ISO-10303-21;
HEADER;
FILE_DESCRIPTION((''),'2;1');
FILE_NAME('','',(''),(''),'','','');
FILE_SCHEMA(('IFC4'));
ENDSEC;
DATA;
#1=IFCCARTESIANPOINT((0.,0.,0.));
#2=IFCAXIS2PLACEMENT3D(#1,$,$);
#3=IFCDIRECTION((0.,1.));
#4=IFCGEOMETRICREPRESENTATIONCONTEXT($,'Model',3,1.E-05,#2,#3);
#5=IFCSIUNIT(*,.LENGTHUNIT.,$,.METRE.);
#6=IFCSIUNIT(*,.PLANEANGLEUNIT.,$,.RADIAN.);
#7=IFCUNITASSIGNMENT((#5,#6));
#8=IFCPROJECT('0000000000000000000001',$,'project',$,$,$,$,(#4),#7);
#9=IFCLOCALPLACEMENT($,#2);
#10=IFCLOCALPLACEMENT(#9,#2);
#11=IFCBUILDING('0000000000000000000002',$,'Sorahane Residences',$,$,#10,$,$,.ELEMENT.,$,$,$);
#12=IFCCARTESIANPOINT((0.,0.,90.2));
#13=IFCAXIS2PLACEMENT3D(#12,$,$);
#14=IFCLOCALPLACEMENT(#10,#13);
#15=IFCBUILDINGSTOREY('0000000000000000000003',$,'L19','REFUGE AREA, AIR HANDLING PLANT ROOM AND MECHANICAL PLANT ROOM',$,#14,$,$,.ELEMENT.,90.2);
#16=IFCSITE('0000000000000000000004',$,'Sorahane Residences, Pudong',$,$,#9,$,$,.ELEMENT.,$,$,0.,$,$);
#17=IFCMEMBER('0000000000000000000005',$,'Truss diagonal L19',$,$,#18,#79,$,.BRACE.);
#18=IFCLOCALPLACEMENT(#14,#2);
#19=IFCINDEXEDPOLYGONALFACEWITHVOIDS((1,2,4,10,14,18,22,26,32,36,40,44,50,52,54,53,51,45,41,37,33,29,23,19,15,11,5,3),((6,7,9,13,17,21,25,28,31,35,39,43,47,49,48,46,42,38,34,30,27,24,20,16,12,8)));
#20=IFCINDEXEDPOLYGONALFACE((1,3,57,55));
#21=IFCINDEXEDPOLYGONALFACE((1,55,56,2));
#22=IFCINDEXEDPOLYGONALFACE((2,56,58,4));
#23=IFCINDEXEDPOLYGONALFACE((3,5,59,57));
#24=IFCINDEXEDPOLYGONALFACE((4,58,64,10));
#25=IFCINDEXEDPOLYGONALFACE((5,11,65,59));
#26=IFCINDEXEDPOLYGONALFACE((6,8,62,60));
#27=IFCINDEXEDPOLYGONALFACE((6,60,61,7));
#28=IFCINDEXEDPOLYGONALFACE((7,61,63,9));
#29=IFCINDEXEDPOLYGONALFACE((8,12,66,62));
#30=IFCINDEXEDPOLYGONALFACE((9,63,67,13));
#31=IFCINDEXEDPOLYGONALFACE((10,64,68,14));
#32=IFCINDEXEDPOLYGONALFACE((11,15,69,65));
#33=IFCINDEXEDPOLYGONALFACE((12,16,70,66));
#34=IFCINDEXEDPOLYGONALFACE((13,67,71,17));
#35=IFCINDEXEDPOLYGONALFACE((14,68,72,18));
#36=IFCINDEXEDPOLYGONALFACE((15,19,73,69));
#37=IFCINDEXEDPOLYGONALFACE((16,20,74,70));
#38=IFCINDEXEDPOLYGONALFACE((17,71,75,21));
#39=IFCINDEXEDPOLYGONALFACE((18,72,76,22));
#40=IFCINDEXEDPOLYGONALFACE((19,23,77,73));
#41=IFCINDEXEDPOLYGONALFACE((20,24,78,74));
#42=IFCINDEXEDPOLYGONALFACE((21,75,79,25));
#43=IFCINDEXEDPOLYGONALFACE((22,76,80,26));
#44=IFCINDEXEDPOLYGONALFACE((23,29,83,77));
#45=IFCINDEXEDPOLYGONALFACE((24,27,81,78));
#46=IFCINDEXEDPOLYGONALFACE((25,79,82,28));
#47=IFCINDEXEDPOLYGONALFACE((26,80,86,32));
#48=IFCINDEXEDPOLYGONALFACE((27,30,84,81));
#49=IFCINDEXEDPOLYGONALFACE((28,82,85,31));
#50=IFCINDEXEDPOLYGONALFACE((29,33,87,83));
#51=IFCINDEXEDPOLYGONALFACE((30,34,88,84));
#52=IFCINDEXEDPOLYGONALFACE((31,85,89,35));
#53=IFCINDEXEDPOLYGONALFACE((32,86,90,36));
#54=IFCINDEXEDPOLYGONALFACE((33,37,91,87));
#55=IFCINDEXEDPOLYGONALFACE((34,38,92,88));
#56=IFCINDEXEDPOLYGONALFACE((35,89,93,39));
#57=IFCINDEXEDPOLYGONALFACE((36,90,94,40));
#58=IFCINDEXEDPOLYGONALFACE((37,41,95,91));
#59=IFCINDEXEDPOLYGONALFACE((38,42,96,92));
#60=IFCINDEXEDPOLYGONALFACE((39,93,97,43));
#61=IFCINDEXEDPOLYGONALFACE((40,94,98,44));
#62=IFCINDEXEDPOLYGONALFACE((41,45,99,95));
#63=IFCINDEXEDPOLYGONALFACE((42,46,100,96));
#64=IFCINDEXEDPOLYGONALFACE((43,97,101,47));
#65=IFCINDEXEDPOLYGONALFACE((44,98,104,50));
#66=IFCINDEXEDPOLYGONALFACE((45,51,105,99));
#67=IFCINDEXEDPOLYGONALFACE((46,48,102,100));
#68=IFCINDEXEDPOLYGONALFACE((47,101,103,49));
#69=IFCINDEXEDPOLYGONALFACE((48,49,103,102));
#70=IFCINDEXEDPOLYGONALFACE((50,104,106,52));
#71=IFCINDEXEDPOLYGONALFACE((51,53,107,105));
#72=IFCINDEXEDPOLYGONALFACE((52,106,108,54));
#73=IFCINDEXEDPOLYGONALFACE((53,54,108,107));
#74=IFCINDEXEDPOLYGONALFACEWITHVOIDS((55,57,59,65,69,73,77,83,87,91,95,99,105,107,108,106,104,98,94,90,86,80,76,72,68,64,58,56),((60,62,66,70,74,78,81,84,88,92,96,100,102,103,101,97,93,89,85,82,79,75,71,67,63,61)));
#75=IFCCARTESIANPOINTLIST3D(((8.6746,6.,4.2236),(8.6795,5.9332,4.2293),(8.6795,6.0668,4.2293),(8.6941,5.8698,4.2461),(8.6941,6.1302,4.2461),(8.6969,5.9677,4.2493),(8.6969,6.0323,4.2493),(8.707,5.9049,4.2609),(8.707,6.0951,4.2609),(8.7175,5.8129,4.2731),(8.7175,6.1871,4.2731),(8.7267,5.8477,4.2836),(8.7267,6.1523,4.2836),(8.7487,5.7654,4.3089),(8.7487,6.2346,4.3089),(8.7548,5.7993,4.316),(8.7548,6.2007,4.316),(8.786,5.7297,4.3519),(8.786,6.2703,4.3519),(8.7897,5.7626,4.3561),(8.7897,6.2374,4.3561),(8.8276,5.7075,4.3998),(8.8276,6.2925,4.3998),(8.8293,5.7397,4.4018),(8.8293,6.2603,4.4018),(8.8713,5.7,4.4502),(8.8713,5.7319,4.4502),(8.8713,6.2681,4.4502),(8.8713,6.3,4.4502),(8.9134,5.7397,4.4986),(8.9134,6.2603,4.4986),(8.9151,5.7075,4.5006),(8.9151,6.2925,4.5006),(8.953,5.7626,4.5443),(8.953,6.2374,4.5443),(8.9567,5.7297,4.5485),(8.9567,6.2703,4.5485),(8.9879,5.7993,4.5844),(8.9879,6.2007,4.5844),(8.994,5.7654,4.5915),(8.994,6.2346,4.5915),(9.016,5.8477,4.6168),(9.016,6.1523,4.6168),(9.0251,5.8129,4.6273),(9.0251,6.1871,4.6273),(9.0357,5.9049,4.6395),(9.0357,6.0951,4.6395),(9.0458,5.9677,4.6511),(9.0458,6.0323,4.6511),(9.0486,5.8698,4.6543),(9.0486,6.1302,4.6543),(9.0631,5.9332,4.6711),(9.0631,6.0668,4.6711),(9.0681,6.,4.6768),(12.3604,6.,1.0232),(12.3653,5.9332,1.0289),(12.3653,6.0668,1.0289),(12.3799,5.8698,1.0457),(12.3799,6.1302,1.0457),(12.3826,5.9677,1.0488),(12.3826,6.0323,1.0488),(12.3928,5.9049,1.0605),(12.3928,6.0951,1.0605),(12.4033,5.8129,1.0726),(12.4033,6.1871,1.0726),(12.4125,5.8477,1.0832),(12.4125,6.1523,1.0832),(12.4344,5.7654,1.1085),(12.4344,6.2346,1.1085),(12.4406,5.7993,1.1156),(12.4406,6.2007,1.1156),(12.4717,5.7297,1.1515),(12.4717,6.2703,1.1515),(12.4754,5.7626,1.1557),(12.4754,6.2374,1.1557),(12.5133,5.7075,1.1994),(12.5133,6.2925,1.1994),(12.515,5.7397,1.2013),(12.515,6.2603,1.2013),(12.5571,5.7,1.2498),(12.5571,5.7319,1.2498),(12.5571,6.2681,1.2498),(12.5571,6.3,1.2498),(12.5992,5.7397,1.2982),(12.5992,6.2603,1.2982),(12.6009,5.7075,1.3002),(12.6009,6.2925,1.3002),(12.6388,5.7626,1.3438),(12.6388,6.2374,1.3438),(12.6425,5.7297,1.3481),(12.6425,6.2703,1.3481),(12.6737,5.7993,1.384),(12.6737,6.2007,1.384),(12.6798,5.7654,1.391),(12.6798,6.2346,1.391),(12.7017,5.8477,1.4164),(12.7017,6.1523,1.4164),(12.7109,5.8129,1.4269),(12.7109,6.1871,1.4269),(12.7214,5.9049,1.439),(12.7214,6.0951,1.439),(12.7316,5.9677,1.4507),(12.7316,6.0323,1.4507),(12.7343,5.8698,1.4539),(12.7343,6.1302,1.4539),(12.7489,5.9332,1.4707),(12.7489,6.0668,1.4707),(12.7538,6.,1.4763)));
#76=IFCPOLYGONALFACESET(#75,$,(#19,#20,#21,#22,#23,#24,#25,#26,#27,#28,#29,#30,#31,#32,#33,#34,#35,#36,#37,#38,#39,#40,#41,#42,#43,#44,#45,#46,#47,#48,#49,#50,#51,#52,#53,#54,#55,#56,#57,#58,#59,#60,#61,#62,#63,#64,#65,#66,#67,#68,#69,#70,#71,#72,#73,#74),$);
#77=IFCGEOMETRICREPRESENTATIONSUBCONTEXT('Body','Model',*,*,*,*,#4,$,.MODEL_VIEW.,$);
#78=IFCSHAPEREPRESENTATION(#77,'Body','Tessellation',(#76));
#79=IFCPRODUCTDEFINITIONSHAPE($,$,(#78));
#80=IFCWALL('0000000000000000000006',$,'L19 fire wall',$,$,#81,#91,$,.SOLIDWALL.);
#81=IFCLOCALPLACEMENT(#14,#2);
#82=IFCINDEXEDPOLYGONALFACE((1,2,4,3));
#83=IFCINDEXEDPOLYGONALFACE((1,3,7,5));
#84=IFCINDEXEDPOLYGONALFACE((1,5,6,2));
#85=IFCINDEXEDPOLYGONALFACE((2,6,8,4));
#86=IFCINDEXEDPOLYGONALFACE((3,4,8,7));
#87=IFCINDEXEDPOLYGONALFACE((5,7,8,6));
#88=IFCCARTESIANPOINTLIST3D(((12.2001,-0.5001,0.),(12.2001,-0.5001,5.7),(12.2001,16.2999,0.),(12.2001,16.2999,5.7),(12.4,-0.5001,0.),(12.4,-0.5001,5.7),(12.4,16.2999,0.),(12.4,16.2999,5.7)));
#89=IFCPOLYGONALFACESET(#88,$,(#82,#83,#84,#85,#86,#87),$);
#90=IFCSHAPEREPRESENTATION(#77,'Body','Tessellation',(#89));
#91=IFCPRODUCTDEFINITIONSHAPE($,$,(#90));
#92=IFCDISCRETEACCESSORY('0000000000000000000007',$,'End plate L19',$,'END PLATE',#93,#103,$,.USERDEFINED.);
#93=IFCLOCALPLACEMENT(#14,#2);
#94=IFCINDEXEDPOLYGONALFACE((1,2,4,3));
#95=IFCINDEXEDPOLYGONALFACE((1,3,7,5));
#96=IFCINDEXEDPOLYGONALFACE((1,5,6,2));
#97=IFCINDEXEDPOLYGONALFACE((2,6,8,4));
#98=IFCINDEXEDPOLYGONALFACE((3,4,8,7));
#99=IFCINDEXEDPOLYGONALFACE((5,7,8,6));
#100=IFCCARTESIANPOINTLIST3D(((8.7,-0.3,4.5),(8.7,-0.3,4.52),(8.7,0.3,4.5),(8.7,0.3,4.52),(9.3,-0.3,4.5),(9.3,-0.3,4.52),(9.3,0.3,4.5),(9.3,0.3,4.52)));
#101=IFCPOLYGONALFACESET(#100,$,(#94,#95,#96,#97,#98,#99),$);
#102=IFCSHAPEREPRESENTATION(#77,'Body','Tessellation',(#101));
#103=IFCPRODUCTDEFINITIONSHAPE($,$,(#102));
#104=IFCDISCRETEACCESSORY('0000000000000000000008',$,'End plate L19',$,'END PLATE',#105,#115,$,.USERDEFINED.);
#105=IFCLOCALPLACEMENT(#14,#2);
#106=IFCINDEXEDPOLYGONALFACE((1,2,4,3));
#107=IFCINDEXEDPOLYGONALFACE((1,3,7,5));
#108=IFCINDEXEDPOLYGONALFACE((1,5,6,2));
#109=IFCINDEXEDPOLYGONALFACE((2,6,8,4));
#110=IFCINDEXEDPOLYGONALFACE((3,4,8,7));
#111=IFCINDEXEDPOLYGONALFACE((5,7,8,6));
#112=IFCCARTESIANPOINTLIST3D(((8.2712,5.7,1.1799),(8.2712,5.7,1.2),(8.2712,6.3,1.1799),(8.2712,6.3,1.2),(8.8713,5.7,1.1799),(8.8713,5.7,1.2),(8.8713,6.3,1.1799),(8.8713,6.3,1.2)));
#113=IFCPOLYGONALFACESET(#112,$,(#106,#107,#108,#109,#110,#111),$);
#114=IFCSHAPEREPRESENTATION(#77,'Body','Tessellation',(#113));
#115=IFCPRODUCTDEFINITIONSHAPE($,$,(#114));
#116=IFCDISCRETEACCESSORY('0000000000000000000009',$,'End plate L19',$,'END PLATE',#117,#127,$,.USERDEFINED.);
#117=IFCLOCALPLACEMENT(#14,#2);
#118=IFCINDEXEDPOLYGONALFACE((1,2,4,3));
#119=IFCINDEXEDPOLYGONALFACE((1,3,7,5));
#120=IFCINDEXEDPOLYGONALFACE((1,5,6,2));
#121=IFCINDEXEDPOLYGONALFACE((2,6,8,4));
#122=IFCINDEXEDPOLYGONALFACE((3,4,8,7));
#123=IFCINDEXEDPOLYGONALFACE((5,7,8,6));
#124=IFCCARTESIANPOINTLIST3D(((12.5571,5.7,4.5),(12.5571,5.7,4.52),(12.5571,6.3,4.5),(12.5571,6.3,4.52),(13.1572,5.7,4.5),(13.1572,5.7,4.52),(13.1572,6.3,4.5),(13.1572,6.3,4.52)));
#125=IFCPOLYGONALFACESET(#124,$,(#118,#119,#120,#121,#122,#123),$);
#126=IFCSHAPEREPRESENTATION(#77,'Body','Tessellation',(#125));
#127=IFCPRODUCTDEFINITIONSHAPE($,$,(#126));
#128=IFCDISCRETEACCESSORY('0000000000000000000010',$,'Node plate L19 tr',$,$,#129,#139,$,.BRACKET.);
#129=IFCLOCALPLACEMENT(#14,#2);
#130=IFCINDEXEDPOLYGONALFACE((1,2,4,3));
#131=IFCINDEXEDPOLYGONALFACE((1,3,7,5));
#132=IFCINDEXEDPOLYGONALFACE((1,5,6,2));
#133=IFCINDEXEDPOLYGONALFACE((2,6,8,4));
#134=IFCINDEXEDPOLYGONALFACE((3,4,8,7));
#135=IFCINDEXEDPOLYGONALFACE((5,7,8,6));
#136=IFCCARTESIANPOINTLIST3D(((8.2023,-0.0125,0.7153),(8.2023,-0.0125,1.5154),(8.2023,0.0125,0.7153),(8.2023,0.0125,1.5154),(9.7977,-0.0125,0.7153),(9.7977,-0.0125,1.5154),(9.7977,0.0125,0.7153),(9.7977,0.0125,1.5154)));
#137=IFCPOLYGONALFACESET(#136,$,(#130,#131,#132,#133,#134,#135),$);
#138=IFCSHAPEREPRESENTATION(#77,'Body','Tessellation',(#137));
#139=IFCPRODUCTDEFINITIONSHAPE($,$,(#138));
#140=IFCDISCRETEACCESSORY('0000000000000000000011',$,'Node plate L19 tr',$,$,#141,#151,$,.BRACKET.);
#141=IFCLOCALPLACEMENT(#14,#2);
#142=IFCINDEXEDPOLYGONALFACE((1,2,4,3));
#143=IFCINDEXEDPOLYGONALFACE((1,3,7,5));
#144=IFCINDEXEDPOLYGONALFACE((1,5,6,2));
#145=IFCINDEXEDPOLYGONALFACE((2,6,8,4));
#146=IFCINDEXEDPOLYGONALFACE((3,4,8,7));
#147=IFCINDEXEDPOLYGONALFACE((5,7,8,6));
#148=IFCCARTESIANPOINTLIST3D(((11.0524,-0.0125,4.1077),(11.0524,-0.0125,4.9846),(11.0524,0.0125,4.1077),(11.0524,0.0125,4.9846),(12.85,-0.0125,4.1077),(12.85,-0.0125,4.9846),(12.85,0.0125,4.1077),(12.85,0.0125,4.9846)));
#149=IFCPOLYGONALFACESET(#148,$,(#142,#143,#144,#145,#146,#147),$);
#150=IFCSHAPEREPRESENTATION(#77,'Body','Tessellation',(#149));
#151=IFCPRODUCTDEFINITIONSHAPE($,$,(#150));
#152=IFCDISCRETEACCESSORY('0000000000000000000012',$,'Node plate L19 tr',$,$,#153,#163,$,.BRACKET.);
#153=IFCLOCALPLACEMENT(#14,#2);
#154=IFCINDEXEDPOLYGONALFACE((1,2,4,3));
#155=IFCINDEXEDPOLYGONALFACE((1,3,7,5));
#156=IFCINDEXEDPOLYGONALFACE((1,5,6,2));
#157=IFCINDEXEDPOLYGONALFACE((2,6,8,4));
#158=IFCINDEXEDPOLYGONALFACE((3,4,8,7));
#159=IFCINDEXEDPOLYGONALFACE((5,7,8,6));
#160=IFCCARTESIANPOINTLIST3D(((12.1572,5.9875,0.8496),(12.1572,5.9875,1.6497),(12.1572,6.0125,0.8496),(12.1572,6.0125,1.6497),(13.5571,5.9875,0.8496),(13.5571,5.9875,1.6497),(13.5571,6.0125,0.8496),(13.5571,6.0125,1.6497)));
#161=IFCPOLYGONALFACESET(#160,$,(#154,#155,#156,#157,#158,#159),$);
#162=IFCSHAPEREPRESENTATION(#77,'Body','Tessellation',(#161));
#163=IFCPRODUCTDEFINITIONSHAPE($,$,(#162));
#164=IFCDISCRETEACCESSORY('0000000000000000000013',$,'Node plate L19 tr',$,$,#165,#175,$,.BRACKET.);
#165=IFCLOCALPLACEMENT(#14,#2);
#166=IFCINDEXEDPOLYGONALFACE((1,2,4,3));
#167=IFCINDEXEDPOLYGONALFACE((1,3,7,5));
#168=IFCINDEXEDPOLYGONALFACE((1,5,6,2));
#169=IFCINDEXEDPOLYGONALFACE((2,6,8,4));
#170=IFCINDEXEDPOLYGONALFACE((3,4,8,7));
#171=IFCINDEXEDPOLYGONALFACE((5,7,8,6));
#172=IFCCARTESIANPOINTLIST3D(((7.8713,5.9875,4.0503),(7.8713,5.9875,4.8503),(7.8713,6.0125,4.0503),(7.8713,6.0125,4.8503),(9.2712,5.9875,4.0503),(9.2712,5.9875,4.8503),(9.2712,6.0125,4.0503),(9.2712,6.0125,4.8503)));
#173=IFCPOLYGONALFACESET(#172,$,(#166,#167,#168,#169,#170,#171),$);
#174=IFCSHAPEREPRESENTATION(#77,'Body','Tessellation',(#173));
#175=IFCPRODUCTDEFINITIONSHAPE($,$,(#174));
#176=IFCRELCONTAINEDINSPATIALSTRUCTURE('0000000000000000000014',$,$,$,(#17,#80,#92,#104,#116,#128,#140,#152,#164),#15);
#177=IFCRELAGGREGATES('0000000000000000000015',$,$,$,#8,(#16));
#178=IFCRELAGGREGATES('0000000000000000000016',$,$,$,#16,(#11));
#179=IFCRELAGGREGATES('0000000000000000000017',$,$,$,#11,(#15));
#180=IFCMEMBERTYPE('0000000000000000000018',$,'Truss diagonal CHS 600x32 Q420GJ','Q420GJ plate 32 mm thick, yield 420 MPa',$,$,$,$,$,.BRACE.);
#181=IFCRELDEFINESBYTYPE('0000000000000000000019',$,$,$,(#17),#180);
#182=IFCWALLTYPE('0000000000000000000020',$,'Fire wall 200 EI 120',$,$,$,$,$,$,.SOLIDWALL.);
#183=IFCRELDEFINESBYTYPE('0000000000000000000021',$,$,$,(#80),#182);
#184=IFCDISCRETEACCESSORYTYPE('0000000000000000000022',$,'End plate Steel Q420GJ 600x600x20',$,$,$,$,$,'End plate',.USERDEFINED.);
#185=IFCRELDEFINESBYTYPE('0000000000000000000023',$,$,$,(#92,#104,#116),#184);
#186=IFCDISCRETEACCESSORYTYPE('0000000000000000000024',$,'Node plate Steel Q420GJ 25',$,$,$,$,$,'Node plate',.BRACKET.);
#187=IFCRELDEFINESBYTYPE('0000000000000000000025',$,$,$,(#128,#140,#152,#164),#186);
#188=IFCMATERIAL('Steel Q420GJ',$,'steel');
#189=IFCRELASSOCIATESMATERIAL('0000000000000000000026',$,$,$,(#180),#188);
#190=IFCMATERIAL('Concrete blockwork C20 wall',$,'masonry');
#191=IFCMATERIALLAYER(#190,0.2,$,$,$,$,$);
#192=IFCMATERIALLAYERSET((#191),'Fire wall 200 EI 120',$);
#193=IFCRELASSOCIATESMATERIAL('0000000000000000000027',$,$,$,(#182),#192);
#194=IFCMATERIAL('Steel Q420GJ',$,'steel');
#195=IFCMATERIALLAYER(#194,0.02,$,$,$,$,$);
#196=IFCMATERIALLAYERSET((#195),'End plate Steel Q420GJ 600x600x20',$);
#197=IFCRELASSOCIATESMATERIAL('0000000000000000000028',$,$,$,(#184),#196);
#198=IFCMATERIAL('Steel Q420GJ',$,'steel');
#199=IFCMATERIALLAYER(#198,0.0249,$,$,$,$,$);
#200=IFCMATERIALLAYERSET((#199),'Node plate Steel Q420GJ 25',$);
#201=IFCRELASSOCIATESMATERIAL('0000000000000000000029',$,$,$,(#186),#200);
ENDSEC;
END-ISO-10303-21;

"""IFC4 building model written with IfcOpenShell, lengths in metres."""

from ifc_helpers import new_model, si_unit, direction, frame, frame_2d, origin, origin_2d, place, context, subcontext, project, spatial, rectangle, hollow_circle, extrude, material, layer, layer_set, material_profile, profile_set, type_object, element, save


model = new_model("IFC4")

# Units and contexts
model_context = context("Model", 3, precision=1e-05, world=origin(), true_north=direction((0.0, 1.0)))
body_context = subcontext(model_context, "Body", "Model", "MODEL_VIEW")
ifc_project = project(units=[si_unit("LENGTHUNIT", "METRE"), si_unit("PLANEANGLEUNIT", "RADIAN")], contexts=[model_context])

# Site, building, storey
site_placement = place(None, origin())
site = spatial("IfcSite", under=ifc_project, at=site_placement, Name="Sorahane Residences, Pudong", CompositionType="ELEMENT", RefElevation=0.0)
building_placement = place(site_placement, origin())
building = spatial("IfcBuilding", under=site, at=building_placement, Name="Sorahane Residences", CompositionType="ELEMENT")
storey_placement = place(building_placement, frame((0.0, 0.0, 90.2)))
storey = spatial("IfcBuildingStorey", under=building, at=storey_placement, Name="L19", Description="REFUGE AREA, AIR HANDLING PLANT ROOM AND MECHANICAL PLANT ROOM", CompositionType="ELEMENT", Elevation=90.2)

# Member
ifc_material_1 = material(Name="Steel Q420GJ", Category="steel")
ifc_material_profile_1 = material_profile(ifc_material_1, hollow_circle(Radius=0.3, WallThickness=0.032, at=origin_2d()), Name="CHS 600x32")
ifc_profile_set_1 = profile_set([ifc_material_profile_1], Name="Steel Q420GJ")
member_type = type_object("IfcMemberType", Name="Truss diagonal CHS 600x32 Q420GJ", Description="Q420GJ plate 32 mm thick, yield 420 MPa", PredefinedType="BRACE", material=ifc_profile_set_1)
member_1_placement = place(storey_placement, frame((8.8713, 6.0, 4.4502), z_axis=(0.755072, 0.0, -0.655642), x_axis=(0.0, 1.0, 0.0)))
element("IfcMember", 1, at=member_1_placement, inside=storey, type_object=member_type, Name="Truss diagonal L19", PredefinedType="BRACE", context=body_context, shape_type="SweptSolid", body=[
    extrude(hollow_circle(Radius=0.3, WallThickness=0.032, at=origin_2d()), origin(), (0.0, 0.0, 1.0), 4.8813),
])

# Wall
ifc_material_2 = material(Name="Concrete blockwork C20 wall", Category="masonry")
ifc_layer_1 = layer(ifc_material_2, 0.2)
ifc_layer_set_1 = layer_set([ifc_layer_1], Name="Fire wall 200 EI 120")
wall_type = type_object("IfcWallType", Name="Fire wall 200 EI 120", PredefinedType="SOLIDWALL", material=ifc_layer_set_1)
wall_placement = place(storey_placement, frame((12.3, -0.5, 0.0), z_axis=(0.0, 0.0, 1.0), x_axis=(0.0, 1.0, 0.0)))
element("IfcWall", 2, at=wall_placement, inside=storey, type_object=wall_type, Name="L19 fire wall", PredefinedType="SOLIDWALL", context=body_context, shape_type="SweptSolid", body=[
    extrude(rectangle(XDim=16.8, YDim=0.2, at=frame_2d((8.3999, 0.0))), origin(), (0.0, 0.0, 1.0), 5.7),
])

# Discrete accessories
ifc_material_3 = material(Name="Steel Q420GJ", Category="steel")
ifc_layer_2 = layer(ifc_material_3, 0.02)
ifc_layer_set_2 = layer_set([ifc_layer_2], Name="End plate Steel Q420GJ 600x600x20")
discrete_accessory_type_1 = type_object("IfcDiscreteAccessoryType", Name="End plate Steel Q420GJ 600x600x20", ElementType="End plate", PredefinedType="USERDEFINED", material=ifc_layer_set_2)
for number, where, z_axis, x_axis, name in (
    (3, (9.0, 0.0, 4.5), (0.0, 0.0, 1.0), (1.0, 0.0, 0.0), "End plate L19"),
    (4, (8.5713, 6.0, 1.1799), (0.0, 0.0, 1.0), (1.0, 0.0, 0.0), "End plate L19"),
    (5, (12.8572, 6.0, 4.5), (0.0, 0.0, 1.0), (1.0, 0.0, 0.0), "End plate L19"),
):
    element("IfcDiscreteAccessory", number, at=place(storey_placement, frame(where, z_axis=z_axis, x_axis=x_axis)), inside=storey, type_object=discrete_accessory_type_1, Name=name, ObjectType="END PLATE", PredefinedType="USERDEFINED", context=body_context, shape_type="SweptSolid", body=[
        extrude(rectangle(XDim=0.6001, YDim=0.6001, at=origin_2d()), origin(), (0.0, 0.0, 1.0), 0.02),
    ])
ifc_material_4 = material(Name="Steel Q420GJ", Category="steel")
ifc_layer_3 = layer(ifc_material_4, 0.0249)
ifc_layer_set_3 = layer_set([ifc_layer_3], Name="Node plate Steel Q420GJ 25")
discrete_accessory_type_2 = type_object("IfcDiscreteAccessoryType", Name="Node plate Steel Q420GJ 25", ElementType="Node plate", PredefinedType="BRACKET", material=ifc_layer_set_3)
discrete_accessory_1_placement = place(storey_placement, frame((9.0, 0.0, 0.7153), z_axis=(0.0, 0.0, 1.0), x_axis=(1.0, 0.0, 0.0)))
element("IfcDiscreteAccessory", 6, at=discrete_accessory_1_placement, inside=storey, type_object=discrete_accessory_type_2, Name="Node plate L19 tr", PredefinedType="BRACKET", context=body_context, shape_type="SweptSolid", body=[
    extrude(rectangle(XDim=1.5955, YDim=0.0249, at=origin_2d()), origin(), (0.0, 0.0, 1.0), 0.8),
])
discrete_accessory_2_placement = place(storey_placement, frame((11.9512, 0.0, 4.1077), z_axis=(0.0, 0.0, 1.0), x_axis=(1.0, 0.0, 0.0)))
element("IfcDiscreteAccessory", 7, at=discrete_accessory_2_placement, inside=storey, type_object=discrete_accessory_type_2, Name="Node plate L19 tr", PredefinedType="BRACKET", context=body_context, shape_type="SweptSolid", body=[
    extrude(rectangle(XDim=1.7976, YDim=0.0249, at=origin_2d()), origin(), (0.0, 0.0, 1.0), 0.877),
])
for number, where, z_axis, x_axis, name in (
    (8, (12.8572, 6.0, 0.8496), (0.0, 0.0, 1.0), (1.0, 0.0, 0.0), "Node plate L19 tr"),
    (9, (8.5713, 6.0, 4.0503), (0.0, 0.0, 1.0), (1.0, 0.0, 0.0), "Node plate L19 tr"),
):
    element("IfcDiscreteAccessory", number, at=place(storey_placement, frame(where, z_axis=z_axis, x_axis=x_axis)), inside=storey, type_object=discrete_accessory_type_2, Name=name, PredefinedType="BRACKET", context=body_context, shape_type="SweptSolid", body=[
        extrude(rectangle(XDim=1.3999, YDim=0.0249, at=origin_2d()), origin(), (0.0, 0.0, 1.0), 0.8),
    ])

save(model, "model.ifc")
